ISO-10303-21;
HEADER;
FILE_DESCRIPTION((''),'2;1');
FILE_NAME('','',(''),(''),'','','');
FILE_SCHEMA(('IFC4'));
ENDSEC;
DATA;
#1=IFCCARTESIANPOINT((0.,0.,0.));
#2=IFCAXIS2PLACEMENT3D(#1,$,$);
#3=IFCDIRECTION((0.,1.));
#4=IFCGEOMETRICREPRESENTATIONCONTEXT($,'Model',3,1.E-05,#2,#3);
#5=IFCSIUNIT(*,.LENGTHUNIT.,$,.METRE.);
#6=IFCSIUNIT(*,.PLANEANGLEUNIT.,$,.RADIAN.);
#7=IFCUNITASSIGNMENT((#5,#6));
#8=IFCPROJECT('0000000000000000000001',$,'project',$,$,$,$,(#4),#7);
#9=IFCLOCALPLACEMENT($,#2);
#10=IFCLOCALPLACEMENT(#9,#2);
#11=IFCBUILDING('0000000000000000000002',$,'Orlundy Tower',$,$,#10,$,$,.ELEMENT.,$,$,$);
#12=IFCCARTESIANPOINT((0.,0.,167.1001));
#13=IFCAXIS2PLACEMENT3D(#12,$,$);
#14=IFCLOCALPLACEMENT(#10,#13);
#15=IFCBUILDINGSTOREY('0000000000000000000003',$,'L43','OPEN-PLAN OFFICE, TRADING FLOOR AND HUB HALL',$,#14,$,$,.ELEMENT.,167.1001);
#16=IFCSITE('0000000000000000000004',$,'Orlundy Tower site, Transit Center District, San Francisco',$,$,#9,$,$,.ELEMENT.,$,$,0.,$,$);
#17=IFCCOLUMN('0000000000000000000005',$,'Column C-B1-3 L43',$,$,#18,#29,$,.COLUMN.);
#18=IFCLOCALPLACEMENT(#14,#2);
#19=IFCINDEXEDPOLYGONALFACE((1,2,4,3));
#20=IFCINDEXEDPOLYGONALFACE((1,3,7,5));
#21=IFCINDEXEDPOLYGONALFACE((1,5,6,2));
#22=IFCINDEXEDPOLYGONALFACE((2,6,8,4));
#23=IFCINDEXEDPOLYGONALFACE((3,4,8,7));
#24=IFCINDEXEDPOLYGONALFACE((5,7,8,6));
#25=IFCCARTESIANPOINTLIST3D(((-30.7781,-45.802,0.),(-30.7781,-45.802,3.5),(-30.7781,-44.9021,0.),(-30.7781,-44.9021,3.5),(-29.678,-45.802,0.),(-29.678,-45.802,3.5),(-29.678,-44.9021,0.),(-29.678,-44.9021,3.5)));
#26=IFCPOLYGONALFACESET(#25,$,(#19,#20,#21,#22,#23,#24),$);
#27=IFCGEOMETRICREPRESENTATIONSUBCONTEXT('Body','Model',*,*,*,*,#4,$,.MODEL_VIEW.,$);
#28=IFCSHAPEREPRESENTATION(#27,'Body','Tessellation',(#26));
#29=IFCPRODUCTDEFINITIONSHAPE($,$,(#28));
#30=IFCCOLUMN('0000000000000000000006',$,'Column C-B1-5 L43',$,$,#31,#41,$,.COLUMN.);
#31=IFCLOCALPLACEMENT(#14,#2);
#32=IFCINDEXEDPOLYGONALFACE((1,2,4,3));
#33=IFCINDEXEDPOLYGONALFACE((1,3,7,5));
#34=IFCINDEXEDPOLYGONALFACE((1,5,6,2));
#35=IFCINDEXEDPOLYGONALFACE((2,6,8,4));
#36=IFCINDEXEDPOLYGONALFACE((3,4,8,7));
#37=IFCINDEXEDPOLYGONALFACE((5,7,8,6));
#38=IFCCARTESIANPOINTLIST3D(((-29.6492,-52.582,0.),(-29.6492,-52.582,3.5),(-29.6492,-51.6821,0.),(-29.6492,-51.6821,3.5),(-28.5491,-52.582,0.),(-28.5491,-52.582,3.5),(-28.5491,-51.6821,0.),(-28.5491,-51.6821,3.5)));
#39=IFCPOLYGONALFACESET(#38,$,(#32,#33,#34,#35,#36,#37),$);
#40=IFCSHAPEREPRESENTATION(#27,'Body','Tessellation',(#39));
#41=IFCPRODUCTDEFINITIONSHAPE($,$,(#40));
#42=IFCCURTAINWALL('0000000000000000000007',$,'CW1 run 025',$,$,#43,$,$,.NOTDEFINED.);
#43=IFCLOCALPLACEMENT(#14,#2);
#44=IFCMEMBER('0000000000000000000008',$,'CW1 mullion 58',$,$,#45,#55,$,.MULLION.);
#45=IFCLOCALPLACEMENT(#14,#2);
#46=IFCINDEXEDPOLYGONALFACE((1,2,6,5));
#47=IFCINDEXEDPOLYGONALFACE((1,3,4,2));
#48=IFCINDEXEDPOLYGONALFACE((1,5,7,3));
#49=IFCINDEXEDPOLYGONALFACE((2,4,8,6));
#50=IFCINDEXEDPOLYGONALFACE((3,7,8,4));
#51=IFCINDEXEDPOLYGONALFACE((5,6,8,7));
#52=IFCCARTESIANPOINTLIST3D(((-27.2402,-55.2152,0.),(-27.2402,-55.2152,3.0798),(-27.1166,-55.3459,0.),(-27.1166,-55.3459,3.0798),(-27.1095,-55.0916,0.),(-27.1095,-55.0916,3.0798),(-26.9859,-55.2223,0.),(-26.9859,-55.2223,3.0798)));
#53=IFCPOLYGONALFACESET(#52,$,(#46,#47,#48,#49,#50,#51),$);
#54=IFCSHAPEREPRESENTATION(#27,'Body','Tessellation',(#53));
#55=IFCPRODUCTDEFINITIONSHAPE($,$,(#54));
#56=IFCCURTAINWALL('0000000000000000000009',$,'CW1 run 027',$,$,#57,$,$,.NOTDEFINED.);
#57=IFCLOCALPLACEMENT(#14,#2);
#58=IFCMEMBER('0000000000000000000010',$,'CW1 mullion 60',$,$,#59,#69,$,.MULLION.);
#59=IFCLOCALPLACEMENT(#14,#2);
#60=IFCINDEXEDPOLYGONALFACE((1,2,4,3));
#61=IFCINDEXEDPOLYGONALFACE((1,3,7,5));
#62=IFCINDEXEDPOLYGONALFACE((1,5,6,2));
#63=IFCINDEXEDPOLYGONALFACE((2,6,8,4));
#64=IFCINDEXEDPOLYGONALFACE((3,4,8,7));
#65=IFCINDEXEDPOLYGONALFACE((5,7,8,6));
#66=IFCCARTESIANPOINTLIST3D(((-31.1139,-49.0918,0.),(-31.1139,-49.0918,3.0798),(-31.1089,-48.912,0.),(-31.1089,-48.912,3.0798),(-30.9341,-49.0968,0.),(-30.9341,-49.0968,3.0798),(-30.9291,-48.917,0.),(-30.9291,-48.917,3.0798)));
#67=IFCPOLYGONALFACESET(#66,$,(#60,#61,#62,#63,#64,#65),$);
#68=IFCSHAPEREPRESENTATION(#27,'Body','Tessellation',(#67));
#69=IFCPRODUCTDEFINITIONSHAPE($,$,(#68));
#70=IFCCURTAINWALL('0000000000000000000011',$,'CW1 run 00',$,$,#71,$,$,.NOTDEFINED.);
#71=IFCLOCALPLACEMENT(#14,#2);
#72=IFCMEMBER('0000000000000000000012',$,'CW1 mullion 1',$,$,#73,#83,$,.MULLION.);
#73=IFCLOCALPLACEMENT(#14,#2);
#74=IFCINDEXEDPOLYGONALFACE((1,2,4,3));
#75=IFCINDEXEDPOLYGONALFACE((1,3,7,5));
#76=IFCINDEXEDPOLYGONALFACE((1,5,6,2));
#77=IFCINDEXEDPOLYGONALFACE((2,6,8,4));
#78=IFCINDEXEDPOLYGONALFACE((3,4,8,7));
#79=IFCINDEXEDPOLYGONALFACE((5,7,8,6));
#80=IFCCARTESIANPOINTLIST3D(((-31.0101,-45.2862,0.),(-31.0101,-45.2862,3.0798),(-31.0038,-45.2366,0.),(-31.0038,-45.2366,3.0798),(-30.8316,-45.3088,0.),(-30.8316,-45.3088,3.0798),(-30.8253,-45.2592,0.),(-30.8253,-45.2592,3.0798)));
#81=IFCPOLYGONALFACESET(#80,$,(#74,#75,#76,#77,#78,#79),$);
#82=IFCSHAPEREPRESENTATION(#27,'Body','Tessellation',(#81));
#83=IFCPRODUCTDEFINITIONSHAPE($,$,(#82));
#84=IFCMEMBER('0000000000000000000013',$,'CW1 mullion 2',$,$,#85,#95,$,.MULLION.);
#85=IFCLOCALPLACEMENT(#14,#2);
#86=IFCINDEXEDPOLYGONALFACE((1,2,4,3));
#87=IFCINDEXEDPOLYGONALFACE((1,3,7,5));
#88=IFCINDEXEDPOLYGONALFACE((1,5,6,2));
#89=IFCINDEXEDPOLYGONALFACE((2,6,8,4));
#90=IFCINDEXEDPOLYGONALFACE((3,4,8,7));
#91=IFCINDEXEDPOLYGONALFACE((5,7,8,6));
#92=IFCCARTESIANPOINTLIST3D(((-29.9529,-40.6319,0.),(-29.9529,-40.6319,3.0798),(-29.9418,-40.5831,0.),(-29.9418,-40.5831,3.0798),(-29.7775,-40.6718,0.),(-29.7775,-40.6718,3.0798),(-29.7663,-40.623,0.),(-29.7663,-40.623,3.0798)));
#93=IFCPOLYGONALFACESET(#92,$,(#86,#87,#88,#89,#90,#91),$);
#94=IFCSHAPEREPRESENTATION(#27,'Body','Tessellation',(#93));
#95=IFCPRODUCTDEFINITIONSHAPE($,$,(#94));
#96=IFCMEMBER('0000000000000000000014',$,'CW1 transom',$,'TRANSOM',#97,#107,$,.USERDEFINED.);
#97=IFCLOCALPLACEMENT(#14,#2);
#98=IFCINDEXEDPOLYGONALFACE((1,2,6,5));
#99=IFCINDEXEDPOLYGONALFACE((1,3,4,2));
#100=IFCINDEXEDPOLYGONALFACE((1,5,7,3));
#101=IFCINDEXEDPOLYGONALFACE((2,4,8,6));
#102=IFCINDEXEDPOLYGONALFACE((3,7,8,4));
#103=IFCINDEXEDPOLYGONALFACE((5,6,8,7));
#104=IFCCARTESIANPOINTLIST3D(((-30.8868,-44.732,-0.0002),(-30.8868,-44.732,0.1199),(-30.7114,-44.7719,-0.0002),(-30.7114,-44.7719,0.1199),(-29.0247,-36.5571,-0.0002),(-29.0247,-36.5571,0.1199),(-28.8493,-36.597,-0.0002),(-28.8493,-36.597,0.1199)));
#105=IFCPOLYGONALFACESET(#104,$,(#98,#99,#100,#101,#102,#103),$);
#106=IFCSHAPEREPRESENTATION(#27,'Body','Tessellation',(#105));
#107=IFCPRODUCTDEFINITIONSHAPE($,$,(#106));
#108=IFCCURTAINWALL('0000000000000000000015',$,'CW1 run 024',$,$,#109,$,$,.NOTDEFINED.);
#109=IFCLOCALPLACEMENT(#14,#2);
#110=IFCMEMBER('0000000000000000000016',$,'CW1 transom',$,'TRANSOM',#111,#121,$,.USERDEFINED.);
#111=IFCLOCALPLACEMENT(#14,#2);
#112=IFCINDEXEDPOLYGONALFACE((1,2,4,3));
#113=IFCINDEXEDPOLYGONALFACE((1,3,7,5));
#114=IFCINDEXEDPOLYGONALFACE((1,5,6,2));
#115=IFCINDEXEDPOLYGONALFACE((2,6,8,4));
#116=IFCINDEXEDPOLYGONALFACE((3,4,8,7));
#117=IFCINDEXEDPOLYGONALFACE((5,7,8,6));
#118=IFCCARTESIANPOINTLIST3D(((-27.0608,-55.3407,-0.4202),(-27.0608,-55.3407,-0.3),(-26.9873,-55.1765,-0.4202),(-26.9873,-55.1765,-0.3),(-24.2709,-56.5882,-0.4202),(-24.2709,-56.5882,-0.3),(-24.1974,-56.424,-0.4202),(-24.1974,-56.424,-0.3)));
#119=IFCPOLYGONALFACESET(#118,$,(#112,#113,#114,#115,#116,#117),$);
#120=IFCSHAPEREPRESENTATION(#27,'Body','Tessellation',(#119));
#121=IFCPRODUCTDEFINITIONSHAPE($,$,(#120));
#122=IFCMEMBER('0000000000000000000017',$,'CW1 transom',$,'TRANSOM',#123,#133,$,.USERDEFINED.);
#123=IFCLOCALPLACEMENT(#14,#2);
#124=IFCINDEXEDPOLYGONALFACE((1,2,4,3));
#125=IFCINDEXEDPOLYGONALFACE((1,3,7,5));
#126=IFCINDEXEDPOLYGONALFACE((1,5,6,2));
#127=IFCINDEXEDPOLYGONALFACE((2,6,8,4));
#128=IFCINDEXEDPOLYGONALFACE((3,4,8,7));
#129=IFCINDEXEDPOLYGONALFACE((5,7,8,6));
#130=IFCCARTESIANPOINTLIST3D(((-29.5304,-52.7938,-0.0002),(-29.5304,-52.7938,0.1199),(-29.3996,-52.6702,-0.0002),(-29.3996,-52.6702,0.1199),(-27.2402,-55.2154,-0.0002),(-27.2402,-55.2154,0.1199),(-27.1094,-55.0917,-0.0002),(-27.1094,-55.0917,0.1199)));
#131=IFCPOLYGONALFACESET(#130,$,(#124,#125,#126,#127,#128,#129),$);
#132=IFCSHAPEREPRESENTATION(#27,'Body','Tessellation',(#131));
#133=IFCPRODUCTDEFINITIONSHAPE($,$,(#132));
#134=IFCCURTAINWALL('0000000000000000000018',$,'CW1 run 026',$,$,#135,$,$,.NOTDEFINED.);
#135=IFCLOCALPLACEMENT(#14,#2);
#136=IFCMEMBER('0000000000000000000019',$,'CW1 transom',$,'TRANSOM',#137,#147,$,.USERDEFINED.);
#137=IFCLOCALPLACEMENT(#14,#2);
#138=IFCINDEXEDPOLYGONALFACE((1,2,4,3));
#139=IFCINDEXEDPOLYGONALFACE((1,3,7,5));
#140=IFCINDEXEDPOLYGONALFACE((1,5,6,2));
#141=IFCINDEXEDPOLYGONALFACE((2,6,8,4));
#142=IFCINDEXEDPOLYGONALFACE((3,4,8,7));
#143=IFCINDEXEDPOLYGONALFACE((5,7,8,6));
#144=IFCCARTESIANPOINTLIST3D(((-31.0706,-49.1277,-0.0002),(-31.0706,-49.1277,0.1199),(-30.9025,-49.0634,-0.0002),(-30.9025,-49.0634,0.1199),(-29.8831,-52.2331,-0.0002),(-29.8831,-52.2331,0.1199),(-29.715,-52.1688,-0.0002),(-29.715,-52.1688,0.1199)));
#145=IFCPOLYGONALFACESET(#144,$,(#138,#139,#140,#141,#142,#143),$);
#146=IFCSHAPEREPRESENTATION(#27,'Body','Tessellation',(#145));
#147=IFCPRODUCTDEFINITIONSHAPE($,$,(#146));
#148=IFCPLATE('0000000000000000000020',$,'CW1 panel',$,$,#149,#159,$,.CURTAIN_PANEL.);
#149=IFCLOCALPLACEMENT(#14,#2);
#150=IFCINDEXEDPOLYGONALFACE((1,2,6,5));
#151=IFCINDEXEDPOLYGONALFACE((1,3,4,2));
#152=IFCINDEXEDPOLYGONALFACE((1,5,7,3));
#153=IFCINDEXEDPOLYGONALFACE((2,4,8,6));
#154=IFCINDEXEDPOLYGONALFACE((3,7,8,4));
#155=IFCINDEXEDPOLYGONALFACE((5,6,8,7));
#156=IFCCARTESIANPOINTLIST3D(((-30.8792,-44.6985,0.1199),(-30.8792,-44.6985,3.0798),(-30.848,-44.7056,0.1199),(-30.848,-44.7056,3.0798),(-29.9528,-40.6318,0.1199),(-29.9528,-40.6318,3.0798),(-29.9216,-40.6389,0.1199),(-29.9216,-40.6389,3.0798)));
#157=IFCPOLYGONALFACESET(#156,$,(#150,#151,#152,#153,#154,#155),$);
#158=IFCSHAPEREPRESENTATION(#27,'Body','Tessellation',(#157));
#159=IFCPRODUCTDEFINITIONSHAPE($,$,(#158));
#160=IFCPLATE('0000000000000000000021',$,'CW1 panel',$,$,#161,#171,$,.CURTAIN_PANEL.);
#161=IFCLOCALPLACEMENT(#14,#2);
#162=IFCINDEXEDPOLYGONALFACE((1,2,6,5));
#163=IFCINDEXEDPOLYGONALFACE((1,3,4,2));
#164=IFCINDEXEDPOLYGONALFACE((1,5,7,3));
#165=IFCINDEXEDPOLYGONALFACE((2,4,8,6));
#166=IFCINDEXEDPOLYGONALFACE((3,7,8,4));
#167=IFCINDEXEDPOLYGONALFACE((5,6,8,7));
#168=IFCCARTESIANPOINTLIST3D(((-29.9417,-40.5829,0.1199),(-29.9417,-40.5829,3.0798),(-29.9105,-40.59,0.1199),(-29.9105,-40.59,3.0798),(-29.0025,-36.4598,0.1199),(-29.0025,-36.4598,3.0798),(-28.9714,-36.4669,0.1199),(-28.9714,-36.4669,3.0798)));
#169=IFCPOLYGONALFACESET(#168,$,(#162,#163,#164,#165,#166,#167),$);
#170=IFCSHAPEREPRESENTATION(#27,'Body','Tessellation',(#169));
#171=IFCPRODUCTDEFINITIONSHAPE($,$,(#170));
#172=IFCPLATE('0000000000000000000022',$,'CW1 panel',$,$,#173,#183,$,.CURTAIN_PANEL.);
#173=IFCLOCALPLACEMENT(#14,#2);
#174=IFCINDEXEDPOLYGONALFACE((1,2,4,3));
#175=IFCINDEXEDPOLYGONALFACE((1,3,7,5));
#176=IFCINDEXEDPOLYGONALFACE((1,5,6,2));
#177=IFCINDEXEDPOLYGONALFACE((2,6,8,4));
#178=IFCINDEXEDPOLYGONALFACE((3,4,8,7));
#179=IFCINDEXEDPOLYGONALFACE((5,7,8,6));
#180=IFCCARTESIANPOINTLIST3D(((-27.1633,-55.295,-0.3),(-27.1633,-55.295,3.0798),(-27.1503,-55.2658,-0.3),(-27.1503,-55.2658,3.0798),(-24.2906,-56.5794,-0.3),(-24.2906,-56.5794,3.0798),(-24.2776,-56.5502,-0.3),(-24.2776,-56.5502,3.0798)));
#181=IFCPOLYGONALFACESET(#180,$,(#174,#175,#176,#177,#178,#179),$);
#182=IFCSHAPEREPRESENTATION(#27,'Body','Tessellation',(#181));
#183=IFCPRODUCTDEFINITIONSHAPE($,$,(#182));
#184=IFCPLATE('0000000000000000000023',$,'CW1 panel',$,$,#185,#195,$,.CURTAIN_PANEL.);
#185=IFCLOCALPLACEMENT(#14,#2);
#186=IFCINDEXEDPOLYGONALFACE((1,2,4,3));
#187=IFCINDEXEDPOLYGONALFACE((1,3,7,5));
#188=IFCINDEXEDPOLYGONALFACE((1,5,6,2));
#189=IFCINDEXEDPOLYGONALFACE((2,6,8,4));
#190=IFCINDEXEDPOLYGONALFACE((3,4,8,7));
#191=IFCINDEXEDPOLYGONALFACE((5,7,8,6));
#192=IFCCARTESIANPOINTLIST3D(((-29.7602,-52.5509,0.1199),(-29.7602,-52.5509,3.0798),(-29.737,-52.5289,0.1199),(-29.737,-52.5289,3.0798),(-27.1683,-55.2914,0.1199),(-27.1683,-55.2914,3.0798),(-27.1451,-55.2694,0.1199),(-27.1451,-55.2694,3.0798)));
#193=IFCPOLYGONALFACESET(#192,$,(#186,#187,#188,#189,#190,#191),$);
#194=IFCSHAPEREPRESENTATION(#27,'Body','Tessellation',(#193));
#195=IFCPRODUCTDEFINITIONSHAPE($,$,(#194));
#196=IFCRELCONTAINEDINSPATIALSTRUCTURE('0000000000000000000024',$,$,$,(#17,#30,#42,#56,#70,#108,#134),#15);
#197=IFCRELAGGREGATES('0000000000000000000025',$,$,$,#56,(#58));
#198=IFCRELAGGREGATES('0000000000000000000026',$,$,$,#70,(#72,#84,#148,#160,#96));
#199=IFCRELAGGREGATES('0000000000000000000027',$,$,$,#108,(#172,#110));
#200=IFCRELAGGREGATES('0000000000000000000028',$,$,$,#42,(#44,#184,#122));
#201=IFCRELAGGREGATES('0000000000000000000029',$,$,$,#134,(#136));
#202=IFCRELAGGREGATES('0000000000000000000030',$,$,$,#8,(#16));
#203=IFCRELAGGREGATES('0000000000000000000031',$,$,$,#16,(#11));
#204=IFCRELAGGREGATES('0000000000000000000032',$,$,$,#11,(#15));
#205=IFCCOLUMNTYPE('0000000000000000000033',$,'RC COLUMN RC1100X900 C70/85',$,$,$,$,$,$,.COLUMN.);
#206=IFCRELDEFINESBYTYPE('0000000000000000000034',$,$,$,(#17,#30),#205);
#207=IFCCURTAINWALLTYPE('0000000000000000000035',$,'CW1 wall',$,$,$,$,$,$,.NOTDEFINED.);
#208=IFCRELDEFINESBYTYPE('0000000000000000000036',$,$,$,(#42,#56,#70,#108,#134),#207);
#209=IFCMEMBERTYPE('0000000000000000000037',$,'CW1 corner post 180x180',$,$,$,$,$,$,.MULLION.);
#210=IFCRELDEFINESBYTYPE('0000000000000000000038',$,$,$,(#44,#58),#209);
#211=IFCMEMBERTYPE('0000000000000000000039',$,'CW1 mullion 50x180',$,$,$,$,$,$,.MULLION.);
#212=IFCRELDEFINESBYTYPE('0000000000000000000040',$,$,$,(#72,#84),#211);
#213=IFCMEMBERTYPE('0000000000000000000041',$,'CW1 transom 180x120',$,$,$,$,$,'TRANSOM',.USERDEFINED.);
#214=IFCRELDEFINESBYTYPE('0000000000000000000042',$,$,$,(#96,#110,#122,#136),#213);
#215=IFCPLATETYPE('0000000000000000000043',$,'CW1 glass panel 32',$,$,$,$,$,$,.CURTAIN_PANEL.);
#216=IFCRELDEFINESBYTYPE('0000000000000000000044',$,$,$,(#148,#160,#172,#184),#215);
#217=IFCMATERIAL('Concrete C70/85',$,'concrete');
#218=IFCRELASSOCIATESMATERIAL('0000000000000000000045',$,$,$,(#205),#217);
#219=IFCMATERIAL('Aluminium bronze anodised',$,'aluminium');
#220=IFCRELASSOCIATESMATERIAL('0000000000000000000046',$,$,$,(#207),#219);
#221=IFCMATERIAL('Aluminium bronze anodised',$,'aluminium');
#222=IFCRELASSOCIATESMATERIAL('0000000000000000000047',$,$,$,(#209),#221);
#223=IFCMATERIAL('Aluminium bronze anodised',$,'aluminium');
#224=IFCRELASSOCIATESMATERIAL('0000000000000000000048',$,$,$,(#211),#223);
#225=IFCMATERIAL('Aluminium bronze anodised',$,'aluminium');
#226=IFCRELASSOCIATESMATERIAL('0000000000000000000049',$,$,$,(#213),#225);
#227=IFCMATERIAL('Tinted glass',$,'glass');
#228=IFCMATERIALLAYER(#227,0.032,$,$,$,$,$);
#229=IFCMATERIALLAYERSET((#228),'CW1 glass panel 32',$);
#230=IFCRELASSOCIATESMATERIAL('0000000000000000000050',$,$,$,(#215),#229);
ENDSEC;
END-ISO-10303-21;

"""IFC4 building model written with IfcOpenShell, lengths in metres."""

from ifc_helpers import new_model, si_unit, direction, frame, origin, origin_2d, place, context, subcontext, project, spatial, rectangle, extrude, material, layer, layer_set, material_profile, profile_set, type_object, element, aggregate, save


model = new_model("IFC4")

# Units and contexts
model_context = context("Model", 3, precision=1e-05, world=origin(), true_north=direction((0.0, 1.0)))
body_context = subcontext(model_context, "Body", "Model", "MODEL_VIEW")
ifc_project = project(units=[si_unit("LENGTHUNIT", "METRE"), si_unit("PLANEANGLEUNIT", "RADIAN")], contexts=[model_context])

# Site, building, storey
site_placement = place(None, origin())
site = spatial("IfcSite", under=ifc_project, at=site_placement, Name="Orlundy Tower site, Transit Center District, San Francisco", CompositionType="ELEMENT", RefElevation=0.0)
building_placement = place(site_placement, origin())
building = spatial("IfcBuilding", under=site, at=building_placement, Name="Orlundy Tower", CompositionType="ELEMENT")
storey_placement = place(building_placement, frame((0.0, 0.0, 167.1001)))
storey = spatial("IfcBuildingStorey", under=building, at=storey_placement, Name="L43", Description="OPEN-PLAN OFFICE, TRADING FLOOR AND HUB HALL", CompositionType="ELEMENT", Elevation=167.1001)

# Columns
ifc_material_1 = material(Name="Concrete C70/85", Category="concrete")
ifc_material_profile_1 = material_profile(ifc_material_1, rectangle(XDim=1.1001, YDim=0.8999, at=origin_2d()), Name="RC1100X900")
ifc_profile_set_1 = profile_set([ifc_material_profile_1], Name="Concrete C70/85")
column_type = type_object("IfcColumnType", Name="RC COLUMN RC1100X900 C70/85", PredefinedType="COLUMN", material=ifc_profile_set_1)
for number, where, z_axis, x_axis, name in (
    (1, (-30.228, -45.3521, 0.0), (0.0, 0.0, 1.0), (1.0, 0.0, 0.0), "Column C-B1-3 L43"),
    (2, (-29.0991, -52.1321, 0.0), (0.0, 0.0, 1.0), (1.0, 0.0, 0.0), "Column C-B1-5 L43"),
):
    element("IfcColumn", number, at=place(storey_placement, frame(where, z_axis=z_axis, x_axis=x_axis)), inside=storey, type_object=column_type, Name=name, PredefinedType="COLUMN", context=body_context, shape_type="SweptSolid", body=[
        extrude(rectangle(XDim=1.1001, YDim=0.8999, at=origin_2d()), origin(), (0.0, 0.0, 1.0), 3.5),
    ])

# Curtain walls, members
ifc_material_2 = material(Name="Aluminium bronze anodised", Category="aluminium")
curtain_wall_type = type_object("IfcCurtainWallType", Name="CW1 wall", PredefinedType="NOTDEFINED", material=ifc_material_2)
curtain_wall_1_placement = place(storey_placement, origin())
curtain_wall_1 = element("IfcCurtainWall", 3, at=curtain_wall_1_placement, inside=storey, type_object=curtain_wall_type, Name="CW1 run 025", PredefinedType="NOTDEFINED")
ifc_material_3 = material(Name="Aluminium bronze anodised", Category="aluminium")
ifc_material_profile_2 = material_profile(ifc_material_3, rectangle(XDim=0.1799, YDim=0.1799, at=origin_2d()), Name="CW1 corner post 180x180")
ifc_profile_set_2 = profile_set([ifc_material_profile_2], Name="Aluminium bronze anodised")
member_type_1 = type_object("IfcMemberType", Name="CW1 corner post 180x180", PredefinedType="MULLION", material=ifc_profile_set_2)
member_1_placement = place(storey_placement, frame((-27.113, -55.2188, 0.0), z_axis=(0.0, 0.0, 1.0), x_axis=(-0.726527, -0.687138, 0.0)))
member_1 = element("IfcMember", 4, at=member_1_placement, type_object=member_type_1, Name="CW1 mullion 58", PredefinedType="MULLION", context=body_context, shape_type="SweptSolid", body=[
    extrude(rectangle(XDim=0.1799, YDim=0.1799, at=origin_2d()), origin(), (0.0, 0.0, 1.0), 3.0798),
])
curtain_wall_2_placement = place(storey_placement, origin())
curtain_wall_2 = element("IfcCurtainWall", 5, at=curtain_wall_2_placement, inside=storey, type_object=curtain_wall_type, Name="CW1 run 027", PredefinedType="NOTDEFINED")
member_2_placement = place(storey_placement, frame((-31.0215, -49.0044, 0.0), z_axis=(0.0, 0.0, 1.0), x_axis=(-0.999614, 0.02779, 0.0)))
member_2 = element("IfcMember", 6, at=member_2_placement, type_object=member_type_1, Name="CW1 mullion 60", PredefinedType="MULLION", context=body_context, shape_type="SweptSolid", body=[
    extrude(rectangle(XDim=0.1799, YDim=0.1799, at=origin_2d()), origin(), (0.0, 0.0, 1.0), 3.0798),
])
aggregate(curtain_wall_2, [member_2])

# Curtain wall, members
curtain_wall_3_placement = place(storey_placement, origin())
curtain_wall_3 = element("IfcCurtainWall", 7, at=curtain_wall_3_placement, inside=storey, type_object=curtain_wall_type, Name="CW1 run 00", PredefinedType="NOTDEFINED")
ifc_material_4 = material(Name="Aluminium bronze anodised", Category="aluminium")
ifc_material_profile_3 = material_profile(ifc_material_4, rectangle(XDim=0.1799, YDim=0.05, at=origin_2d()), Name="CW1 mullion 50x180")
ifc_profile_set_3 = profile_set([ifc_material_profile_3], Name="Aluminium bronze anodised")
member_type_2 = type_object("IfcMemberType", Name="CW1 mullion 50x180", PredefinedType="MULLION", material=ifc_profile_set_3)
member_3_placement = place(storey_placement, frame((-30.9177, -45.2727, 0.0), z_axis=(0.0, 0.0, 1.0), x_axis=(-0.992088, 0.125547, 0.0)))
member_3 = element("IfcMember", 8, at=member_3_placement, type_object=member_type_2, Name="CW1 mullion 1", PredefinedType="MULLION", context=body_context, shape_type="SweptSolid", body=[
    extrude(rectangle(XDim=0.1799, YDim=0.05, at=origin_2d()), origin(), (0.0, 0.0, 1.0), 3.0798),
])
member_4_placement = place(storey_placement, frame((-29.8596, -40.6274, 0.0), z_axis=(0.0, 0.0, 1.0), x_axis=(-0.975025, 0.222097, 0.0)))
member_4 = element("IfcMember", 9, at=member_4_placement, type_object=member_type_2, Name="CW1 mullion 2", PredefinedType="MULLION", context=body_context, shape_type="SweptSolid", body=[
    extrude(rectangle(XDim=0.1799, YDim=0.05, at=origin_2d()), origin(), (0.0, 0.0, 1.0), 3.0798),
])
ifc_material_5 = material(Name="Aluminium bronze anodised", Category="aluminium")
ifc_material_profile_4 = material_profile(ifc_material_5, rectangle(XDim=0.1799, YDim=0.1201, at=origin_2d()), Name="CW1 transom 180x120")
ifc_profile_set_4 = profile_set([ifc_material_profile_4], Name="Aluminium bronze anodised")
member_type_3 = type_object("IfcMemberType", Name="CW1 transom 180x120", ElementType="TRANSOM", PredefinedType="USERDEFINED", material=ifc_profile_set_4)
member_5_placement = place(storey_placement, frame((-30.7991, -44.752, 0.0598), z_axis=(0.222092, 0.975026, 0.0), x_axis=(-0.975026, 0.222092, 0.0)))
member_5 = element("IfcMember", 10, at=member_5_placement, type_object=member_type_3, Name="CW1 transom", ObjectType="TRANSOM", PredefinedType="USERDEFINED", context=body_context, shape_type="SweptSolid", body=[
    extrude(rectangle(XDim=0.1799, YDim=0.1201, at=origin_2d()), origin(), (0.0, 0.0, 1.0), 8.3843),
])

# Curtain wall, member
curtain_wall_4_placement = place(storey_placement, origin())
curtain_wall_4 = element("IfcCurtainWall", 11, at=curtain_wall_4_placement, inside=storey, type_object=curtain_wall_type, Name="CW1 run 024", PredefinedType="NOTDEFINED")
member_6_placement = place(storey_placement, frame((-24.2341, -56.5061, -0.3601), z_axis=(-0.912893, 0.408198, 0.0), x_axis=(-0.408198, -0.912893, 0.0)))
member_6 = element("IfcMember", 12, at=member_6_placement, type_object=member_type_3, Name="CW1 transom", ObjectType="TRANSOM", PredefinedType="USERDEFINED", context=body_context, shape_type="SweptSolid", body=[
    extrude(rectangle(XDim=0.1799, YDim=0.1201, at=origin_2d()), origin(), (0.0, 0.0, 1.0), 3.0562),
])

# Member
member_7_placement = place(storey_placement, frame((-27.1748, -55.1536, 0.0598), z_axis=(-0.687129, 0.726536, 0.0), x_axis=(-0.726536, -0.687129, 0.0)))
member_7 = element("IfcMember", 13, at=member_7_placement, type_object=member_type_3, Name="CW1 transom", ObjectType="TRANSOM", PredefinedType="USERDEFINED", context=body_context, shape_type="SweptSolid", body=[
    extrude(rectangle(XDim=0.1799, YDim=0.1201, at=origin_2d()), origin(), (0.0, 0.0, 1.0), 3.333),
])

# Curtain wall, member
curtain_wall_5_placement = place(storey_placement, origin())
curtain_wall_5 = element("IfcCurtainWall", 14, at=curtain_wall_5_placement, inside=storey, type_object=curtain_wall_type, Name="CW1 run 026", PredefinedType="NOTDEFINED")
member_8_placement = place(storey_placement, frame((-29.7991, -52.2009, 0.0598), z_axis=(-0.357168, 0.93404, 0.0), x_axis=(-0.93404, -0.357168, 0.0)))
member_8 = element("IfcMember", 15, at=member_8_placement, type_object=member_type_3, Name="CW1 transom", ObjectType="TRANSOM", PredefinedType="USERDEFINED", context=body_context, shape_type="SweptSolid", body=[
    extrude(rectangle(XDim=0.1799, YDim=0.1201, at=origin_2d()), origin(), (0.0, 0.0, 1.0), 3.3247),
])

# Plates
ifc_material_6 = material(Name="Tinted glass", Category="glass")
ifc_layer_1 = layer(ifc_material_6, 0.032)
ifc_layer_set_1 = layer_set([ifc_layer_1], Name="CW1 glass panel 32")
plate_type = type_object("IfcPlateType", Name="CW1 glass panel 32", PredefinedType="CURTAIN_PANEL", material=ifc_layer_set_1)
plate_1_placement = place(storey_placement, frame((-30.4004, -42.6687, 0.1199), z_axis=(0.0, 0.0, 1.0), x_axis=(0.222097, 0.975025, 0.0)))
plate_1 = element("IfcPlate", 16, at=plate_1_placement, type_object=plate_type, Name="CW1 panel", PredefinedType="CURTAIN_PANEL", context=body_context, shape_type="SweptSolid", body=[
    extrude(rectangle(XDim=4.1709, YDim=0.032, at=origin_2d()), origin(), (0.0, 0.0, 1.0), 2.96),
])
plate_2_placement = place(storey_placement, frame((-29.4565, -38.5249, 0.1199), z_axis=(0.0, 0.0, 1.0), x_axis=(0.222097, 0.975025, 0.0)))
plate_2 = element("IfcPlate", 17, at=plate_2_placement, type_object=plate_type, Name="CW1 panel", PredefinedType="CURTAIN_PANEL", context=body_context, shape_type="SweptSolid", body=[
    extrude(rectangle(XDim=4.2288, YDim=0.032, at=origin_2d()), origin(), (0.0, 0.0, 1.0), 2.96),
])
aggregate(curtain_wall_3, [member_3, member_4, plate_1, plate_2, member_5])
plate_3_placement = place(storey_placement, frame((-25.7205, -55.9226, -0.3), z_axis=(0.0, 0.0, 1.0), x_axis=(-0.912908, 0.408165, 0.0)))
plate_3 = element("IfcPlate", 18, at=plate_3_placement, type_object=plate_type, Name="CW1 panel", PredefinedType="CURTAIN_PANEL", context=body_context, shape_type="SweptSolid", body=[
    extrude(rectangle(XDim=3.1467, YDim=0.032, at=origin_2d()), origin(), (0.0, 0.0, 1.0), 3.3799),
])
aggregate(curtain_wall_4, [plate_3, member_6])
plate_4_placement = place(storey_placement, frame((-28.4526, -53.9102, 0.1199), z_axis=(0.0, 0.0, 1.0), x_axis=(-0.687138, 0.726527, 0.0)))
plate_4 = element("IfcPlate", 19, at=plate_4_placement, type_object=plate_type, Name="CW1 panel", PredefinedType="CURTAIN_PANEL", context=body_context, shape_type="SweptSolid", body=[
    extrude(rectangle(XDim=3.772, YDim=0.032, at=origin_2d()), origin(), (0.0, 0.0, 1.0), 2.96),
])
aggregate(curtain_wall_1, [member_1, plate_4, member_7])
aggregate(curtain_wall_5, [member_8])

save(model, "model.ifc")
